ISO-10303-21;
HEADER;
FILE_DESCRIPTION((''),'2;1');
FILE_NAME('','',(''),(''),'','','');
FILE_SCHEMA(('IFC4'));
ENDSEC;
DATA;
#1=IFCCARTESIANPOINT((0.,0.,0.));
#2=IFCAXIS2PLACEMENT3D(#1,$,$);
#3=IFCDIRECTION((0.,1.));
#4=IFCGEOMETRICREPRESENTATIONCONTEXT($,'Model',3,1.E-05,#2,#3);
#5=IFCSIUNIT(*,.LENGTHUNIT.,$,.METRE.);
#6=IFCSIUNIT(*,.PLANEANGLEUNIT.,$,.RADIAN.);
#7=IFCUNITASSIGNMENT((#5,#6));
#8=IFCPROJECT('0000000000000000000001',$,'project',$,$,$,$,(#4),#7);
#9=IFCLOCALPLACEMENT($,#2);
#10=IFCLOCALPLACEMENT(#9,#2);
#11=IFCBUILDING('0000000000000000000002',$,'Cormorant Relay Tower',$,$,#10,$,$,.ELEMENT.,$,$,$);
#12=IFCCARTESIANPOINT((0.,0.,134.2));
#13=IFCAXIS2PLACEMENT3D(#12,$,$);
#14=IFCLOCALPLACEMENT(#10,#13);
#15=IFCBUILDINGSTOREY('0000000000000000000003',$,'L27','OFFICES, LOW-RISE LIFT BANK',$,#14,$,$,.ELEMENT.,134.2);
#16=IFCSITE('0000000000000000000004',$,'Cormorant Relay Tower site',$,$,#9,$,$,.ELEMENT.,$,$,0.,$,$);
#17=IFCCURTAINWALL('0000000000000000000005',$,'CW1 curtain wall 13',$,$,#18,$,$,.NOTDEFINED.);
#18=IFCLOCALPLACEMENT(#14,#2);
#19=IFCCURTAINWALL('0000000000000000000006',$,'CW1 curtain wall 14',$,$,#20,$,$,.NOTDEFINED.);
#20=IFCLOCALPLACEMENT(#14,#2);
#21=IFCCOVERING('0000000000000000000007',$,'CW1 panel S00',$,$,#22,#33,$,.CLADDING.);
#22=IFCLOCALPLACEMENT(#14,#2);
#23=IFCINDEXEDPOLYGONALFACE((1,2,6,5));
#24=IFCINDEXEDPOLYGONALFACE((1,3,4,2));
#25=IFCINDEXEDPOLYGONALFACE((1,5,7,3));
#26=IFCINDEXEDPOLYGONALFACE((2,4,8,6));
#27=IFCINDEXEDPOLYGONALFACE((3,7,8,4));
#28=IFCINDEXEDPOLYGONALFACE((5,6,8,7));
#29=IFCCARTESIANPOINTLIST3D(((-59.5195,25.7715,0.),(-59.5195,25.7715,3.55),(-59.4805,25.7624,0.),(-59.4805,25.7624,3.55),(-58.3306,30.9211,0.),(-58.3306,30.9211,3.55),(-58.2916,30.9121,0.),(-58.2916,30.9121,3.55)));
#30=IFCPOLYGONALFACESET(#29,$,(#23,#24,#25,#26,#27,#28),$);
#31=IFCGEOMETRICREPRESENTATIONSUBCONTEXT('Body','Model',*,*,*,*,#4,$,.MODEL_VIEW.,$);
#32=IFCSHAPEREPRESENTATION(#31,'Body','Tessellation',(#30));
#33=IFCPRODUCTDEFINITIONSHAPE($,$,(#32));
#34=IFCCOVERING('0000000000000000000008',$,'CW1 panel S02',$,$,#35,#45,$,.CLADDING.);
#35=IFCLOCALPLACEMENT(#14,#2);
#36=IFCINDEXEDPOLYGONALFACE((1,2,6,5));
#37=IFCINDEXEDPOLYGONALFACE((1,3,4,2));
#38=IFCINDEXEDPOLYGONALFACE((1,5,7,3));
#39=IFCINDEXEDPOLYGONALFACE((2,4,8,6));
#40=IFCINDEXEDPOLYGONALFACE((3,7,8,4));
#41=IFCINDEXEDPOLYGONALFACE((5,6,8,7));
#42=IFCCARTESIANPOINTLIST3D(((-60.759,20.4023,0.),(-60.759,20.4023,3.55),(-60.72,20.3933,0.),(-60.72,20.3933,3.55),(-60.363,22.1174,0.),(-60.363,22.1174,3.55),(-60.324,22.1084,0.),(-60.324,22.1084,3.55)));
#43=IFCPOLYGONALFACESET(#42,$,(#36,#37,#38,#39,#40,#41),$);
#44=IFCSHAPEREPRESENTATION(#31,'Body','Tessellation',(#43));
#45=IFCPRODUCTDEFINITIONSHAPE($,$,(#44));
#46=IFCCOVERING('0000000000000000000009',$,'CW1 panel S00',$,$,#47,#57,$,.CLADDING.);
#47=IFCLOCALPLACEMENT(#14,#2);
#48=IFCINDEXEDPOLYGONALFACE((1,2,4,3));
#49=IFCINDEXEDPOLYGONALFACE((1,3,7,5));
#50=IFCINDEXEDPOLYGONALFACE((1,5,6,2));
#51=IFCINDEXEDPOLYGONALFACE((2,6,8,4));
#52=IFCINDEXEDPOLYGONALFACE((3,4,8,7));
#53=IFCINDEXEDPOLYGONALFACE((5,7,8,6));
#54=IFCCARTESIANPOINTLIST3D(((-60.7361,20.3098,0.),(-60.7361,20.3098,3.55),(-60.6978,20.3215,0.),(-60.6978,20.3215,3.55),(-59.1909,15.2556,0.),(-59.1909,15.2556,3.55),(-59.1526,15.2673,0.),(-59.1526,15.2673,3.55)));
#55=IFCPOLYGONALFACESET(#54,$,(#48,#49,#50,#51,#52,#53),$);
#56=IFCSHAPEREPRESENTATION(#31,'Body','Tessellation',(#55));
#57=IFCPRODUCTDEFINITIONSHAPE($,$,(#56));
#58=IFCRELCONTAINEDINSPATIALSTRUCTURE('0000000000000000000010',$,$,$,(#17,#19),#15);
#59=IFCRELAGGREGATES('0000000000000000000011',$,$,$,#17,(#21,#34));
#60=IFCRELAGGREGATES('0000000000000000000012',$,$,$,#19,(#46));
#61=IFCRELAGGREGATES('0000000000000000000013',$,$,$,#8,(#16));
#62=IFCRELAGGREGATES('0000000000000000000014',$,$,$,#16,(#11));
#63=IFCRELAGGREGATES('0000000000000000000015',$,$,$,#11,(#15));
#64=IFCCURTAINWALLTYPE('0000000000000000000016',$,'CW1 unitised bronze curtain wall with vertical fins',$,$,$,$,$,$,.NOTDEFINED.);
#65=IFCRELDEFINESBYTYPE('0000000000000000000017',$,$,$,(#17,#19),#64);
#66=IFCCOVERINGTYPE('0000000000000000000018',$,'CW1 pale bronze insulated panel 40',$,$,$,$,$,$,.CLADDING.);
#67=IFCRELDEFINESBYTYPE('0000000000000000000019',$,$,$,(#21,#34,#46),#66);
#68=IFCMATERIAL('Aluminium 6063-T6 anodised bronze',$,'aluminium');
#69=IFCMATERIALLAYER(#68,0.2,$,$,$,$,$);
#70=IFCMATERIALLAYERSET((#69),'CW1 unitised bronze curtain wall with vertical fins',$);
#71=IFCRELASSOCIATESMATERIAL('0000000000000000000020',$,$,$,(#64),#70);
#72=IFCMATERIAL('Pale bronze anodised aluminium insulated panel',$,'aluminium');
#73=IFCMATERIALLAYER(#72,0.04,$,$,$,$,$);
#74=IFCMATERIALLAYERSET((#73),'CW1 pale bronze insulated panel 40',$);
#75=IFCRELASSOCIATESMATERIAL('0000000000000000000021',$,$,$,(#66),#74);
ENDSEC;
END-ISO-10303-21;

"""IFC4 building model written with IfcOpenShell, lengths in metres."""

from ifc_helpers import new_model, si_unit, direction, frame, origin, origin_2d, place, context, subcontext, project, spatial, rectangle, extrude, material, layer, layer_set, type_object, element, aggregate, save


model = new_model("IFC4")

# Units and contexts
model_context = context("Model", 3, precision=1e-05, world=origin(), true_north=direction((0.0, 1.0)))
body_context = subcontext(model_context, "Body", "Model", "MODEL_VIEW")
ifc_project = project(units=[si_unit("LENGTHUNIT", "METRE"), si_unit("PLANEANGLEUNIT", "RADIAN")], contexts=[model_context])

# Site, building, storey
site_placement = place(None, origin())
site = spatial("IfcSite", under=ifc_project, at=site_placement, Name="Cormorant Relay Tower site", CompositionType="ELEMENT", RefElevation=0.0)
building_placement = place(site_placement, origin())
building = spatial("IfcBuilding", under=site, at=building_placement, Name="Cormorant Relay Tower", CompositionType="ELEMENT")
storey_placement = place(building_placement, frame((0.0, 0.0, 134.2)))
storey = spatial("IfcBuildingStorey", under=building, at=storey_placement, Name="L27", Description="OFFICES, LOW-RISE LIFT BANK", CompositionType="ELEMENT", Elevation=134.2)

# Curtain wall
ifc_material_1 = material(Name="Aluminium 6063-T6 anodised bronze", Category="aluminium")
ifc_layer_1 = layer(ifc_material_1, 0.2)
ifc_layer_set_1 = layer_set([ifc_layer_1], Name="CW1 unitised bronze curtain wall with vertical fins")
curtain_wall_type = type_object("IfcCurtainWallType", Name="CW1 unitised bronze curtain wall with vertical fins", PredefinedType="NOTDEFINED", material=ifc_layer_set_1)
curtain_wall_1_placement = place(storey_placement, origin())
curtain_wall_1 = element("IfcCurtainWall", 1, at=curtain_wall_1_placement, inside=storey, type_object=curtain_wall_type, Name="CW1 curtain wall 13", PredefinedType="NOTDEFINED")

# Curtain wall
curtain_wall_2_placement = place(storey_placement, origin())
curtain_wall_2 = element("IfcCurtainWall", 2, at=curtain_wall_2_placement, inside=storey, type_object=curtain_wall_type, Name="CW1 curtain wall 14", PredefinedType="NOTDEFINED")

# Coverings
ifc_material_2 = material(Name="Pale bronze anodised aluminium insulated panel", Category="aluminium")
ifc_layer_2 = layer(ifc_material_2, 0.04)
ifc_layer_set_2 = layer_set([ifc_layer_2], Name="CW1 pale bronze insulated panel 40")
covering_type = type_object("IfcCoveringType", Name="CW1 pale bronze insulated panel 40", PredefinedType="CLADDING", material=ifc_layer_set_2)
covering_1_placement = place(storey_placement, frame((-58.9055, 28.3418, 0.0), z_axis=(0.0, 0.0, 1.0), x_axis=(-0.224951, -0.97437, 0.0)))
covering_1 = element("IfcCovering", 3, at=covering_1_placement, type_object=covering_type, Name="CW1 panel S00", PredefinedType="CLADDING", context=body_context, shape_type="SweptSolid", body=[
    extrude(rectangle(XDim=5.2852, YDim=0.04, at=origin_2d()), origin(), (0.0, 0.0, 1.0), 3.55),
])
covering_2_placement = place(storey_placement, frame((-60.5415, 21.2554, 0.0), z_axis=(0.0, 0.0, 1.0), x_axis=(-0.224951, -0.97437, 0.0)))
covering_2 = element("IfcCovering", 4, at=covering_2_placement, type_object=covering_type, Name="CW1 panel S02", PredefinedType="CLADDING", context=body_context, shape_type="SweptSolid", body=[
    extrude(rectangle(XDim=1.7603, YDim=0.04, at=origin_2d()), origin(), (0.0, 0.0, 1.0), 3.55),
])
aggregate(curtain_wall_1, [covering_1, covering_2])
covering_3_placement = place(storey_placement, frame((-59.9443, 17.7886, 0.0), z_axis=(0.0, 0.0, 1.0), x_axis=(0.292372, -0.956305, 0.0)))
covering_3 = element("IfcCovering", 5, at=covering_3_placement, type_object=covering_type, Name="CW1 panel S00", PredefinedType="CLADDING", context=body_context, shape_type="SweptSolid", body=[
    extrude(rectangle(XDim=5.2852, YDim=0.04, at=origin_2d()), origin(), (0.0, 0.0, 1.0), 3.55),
])
aggregate(curtain_wall_2, [covering_3])

save(model, "model.ifc")
